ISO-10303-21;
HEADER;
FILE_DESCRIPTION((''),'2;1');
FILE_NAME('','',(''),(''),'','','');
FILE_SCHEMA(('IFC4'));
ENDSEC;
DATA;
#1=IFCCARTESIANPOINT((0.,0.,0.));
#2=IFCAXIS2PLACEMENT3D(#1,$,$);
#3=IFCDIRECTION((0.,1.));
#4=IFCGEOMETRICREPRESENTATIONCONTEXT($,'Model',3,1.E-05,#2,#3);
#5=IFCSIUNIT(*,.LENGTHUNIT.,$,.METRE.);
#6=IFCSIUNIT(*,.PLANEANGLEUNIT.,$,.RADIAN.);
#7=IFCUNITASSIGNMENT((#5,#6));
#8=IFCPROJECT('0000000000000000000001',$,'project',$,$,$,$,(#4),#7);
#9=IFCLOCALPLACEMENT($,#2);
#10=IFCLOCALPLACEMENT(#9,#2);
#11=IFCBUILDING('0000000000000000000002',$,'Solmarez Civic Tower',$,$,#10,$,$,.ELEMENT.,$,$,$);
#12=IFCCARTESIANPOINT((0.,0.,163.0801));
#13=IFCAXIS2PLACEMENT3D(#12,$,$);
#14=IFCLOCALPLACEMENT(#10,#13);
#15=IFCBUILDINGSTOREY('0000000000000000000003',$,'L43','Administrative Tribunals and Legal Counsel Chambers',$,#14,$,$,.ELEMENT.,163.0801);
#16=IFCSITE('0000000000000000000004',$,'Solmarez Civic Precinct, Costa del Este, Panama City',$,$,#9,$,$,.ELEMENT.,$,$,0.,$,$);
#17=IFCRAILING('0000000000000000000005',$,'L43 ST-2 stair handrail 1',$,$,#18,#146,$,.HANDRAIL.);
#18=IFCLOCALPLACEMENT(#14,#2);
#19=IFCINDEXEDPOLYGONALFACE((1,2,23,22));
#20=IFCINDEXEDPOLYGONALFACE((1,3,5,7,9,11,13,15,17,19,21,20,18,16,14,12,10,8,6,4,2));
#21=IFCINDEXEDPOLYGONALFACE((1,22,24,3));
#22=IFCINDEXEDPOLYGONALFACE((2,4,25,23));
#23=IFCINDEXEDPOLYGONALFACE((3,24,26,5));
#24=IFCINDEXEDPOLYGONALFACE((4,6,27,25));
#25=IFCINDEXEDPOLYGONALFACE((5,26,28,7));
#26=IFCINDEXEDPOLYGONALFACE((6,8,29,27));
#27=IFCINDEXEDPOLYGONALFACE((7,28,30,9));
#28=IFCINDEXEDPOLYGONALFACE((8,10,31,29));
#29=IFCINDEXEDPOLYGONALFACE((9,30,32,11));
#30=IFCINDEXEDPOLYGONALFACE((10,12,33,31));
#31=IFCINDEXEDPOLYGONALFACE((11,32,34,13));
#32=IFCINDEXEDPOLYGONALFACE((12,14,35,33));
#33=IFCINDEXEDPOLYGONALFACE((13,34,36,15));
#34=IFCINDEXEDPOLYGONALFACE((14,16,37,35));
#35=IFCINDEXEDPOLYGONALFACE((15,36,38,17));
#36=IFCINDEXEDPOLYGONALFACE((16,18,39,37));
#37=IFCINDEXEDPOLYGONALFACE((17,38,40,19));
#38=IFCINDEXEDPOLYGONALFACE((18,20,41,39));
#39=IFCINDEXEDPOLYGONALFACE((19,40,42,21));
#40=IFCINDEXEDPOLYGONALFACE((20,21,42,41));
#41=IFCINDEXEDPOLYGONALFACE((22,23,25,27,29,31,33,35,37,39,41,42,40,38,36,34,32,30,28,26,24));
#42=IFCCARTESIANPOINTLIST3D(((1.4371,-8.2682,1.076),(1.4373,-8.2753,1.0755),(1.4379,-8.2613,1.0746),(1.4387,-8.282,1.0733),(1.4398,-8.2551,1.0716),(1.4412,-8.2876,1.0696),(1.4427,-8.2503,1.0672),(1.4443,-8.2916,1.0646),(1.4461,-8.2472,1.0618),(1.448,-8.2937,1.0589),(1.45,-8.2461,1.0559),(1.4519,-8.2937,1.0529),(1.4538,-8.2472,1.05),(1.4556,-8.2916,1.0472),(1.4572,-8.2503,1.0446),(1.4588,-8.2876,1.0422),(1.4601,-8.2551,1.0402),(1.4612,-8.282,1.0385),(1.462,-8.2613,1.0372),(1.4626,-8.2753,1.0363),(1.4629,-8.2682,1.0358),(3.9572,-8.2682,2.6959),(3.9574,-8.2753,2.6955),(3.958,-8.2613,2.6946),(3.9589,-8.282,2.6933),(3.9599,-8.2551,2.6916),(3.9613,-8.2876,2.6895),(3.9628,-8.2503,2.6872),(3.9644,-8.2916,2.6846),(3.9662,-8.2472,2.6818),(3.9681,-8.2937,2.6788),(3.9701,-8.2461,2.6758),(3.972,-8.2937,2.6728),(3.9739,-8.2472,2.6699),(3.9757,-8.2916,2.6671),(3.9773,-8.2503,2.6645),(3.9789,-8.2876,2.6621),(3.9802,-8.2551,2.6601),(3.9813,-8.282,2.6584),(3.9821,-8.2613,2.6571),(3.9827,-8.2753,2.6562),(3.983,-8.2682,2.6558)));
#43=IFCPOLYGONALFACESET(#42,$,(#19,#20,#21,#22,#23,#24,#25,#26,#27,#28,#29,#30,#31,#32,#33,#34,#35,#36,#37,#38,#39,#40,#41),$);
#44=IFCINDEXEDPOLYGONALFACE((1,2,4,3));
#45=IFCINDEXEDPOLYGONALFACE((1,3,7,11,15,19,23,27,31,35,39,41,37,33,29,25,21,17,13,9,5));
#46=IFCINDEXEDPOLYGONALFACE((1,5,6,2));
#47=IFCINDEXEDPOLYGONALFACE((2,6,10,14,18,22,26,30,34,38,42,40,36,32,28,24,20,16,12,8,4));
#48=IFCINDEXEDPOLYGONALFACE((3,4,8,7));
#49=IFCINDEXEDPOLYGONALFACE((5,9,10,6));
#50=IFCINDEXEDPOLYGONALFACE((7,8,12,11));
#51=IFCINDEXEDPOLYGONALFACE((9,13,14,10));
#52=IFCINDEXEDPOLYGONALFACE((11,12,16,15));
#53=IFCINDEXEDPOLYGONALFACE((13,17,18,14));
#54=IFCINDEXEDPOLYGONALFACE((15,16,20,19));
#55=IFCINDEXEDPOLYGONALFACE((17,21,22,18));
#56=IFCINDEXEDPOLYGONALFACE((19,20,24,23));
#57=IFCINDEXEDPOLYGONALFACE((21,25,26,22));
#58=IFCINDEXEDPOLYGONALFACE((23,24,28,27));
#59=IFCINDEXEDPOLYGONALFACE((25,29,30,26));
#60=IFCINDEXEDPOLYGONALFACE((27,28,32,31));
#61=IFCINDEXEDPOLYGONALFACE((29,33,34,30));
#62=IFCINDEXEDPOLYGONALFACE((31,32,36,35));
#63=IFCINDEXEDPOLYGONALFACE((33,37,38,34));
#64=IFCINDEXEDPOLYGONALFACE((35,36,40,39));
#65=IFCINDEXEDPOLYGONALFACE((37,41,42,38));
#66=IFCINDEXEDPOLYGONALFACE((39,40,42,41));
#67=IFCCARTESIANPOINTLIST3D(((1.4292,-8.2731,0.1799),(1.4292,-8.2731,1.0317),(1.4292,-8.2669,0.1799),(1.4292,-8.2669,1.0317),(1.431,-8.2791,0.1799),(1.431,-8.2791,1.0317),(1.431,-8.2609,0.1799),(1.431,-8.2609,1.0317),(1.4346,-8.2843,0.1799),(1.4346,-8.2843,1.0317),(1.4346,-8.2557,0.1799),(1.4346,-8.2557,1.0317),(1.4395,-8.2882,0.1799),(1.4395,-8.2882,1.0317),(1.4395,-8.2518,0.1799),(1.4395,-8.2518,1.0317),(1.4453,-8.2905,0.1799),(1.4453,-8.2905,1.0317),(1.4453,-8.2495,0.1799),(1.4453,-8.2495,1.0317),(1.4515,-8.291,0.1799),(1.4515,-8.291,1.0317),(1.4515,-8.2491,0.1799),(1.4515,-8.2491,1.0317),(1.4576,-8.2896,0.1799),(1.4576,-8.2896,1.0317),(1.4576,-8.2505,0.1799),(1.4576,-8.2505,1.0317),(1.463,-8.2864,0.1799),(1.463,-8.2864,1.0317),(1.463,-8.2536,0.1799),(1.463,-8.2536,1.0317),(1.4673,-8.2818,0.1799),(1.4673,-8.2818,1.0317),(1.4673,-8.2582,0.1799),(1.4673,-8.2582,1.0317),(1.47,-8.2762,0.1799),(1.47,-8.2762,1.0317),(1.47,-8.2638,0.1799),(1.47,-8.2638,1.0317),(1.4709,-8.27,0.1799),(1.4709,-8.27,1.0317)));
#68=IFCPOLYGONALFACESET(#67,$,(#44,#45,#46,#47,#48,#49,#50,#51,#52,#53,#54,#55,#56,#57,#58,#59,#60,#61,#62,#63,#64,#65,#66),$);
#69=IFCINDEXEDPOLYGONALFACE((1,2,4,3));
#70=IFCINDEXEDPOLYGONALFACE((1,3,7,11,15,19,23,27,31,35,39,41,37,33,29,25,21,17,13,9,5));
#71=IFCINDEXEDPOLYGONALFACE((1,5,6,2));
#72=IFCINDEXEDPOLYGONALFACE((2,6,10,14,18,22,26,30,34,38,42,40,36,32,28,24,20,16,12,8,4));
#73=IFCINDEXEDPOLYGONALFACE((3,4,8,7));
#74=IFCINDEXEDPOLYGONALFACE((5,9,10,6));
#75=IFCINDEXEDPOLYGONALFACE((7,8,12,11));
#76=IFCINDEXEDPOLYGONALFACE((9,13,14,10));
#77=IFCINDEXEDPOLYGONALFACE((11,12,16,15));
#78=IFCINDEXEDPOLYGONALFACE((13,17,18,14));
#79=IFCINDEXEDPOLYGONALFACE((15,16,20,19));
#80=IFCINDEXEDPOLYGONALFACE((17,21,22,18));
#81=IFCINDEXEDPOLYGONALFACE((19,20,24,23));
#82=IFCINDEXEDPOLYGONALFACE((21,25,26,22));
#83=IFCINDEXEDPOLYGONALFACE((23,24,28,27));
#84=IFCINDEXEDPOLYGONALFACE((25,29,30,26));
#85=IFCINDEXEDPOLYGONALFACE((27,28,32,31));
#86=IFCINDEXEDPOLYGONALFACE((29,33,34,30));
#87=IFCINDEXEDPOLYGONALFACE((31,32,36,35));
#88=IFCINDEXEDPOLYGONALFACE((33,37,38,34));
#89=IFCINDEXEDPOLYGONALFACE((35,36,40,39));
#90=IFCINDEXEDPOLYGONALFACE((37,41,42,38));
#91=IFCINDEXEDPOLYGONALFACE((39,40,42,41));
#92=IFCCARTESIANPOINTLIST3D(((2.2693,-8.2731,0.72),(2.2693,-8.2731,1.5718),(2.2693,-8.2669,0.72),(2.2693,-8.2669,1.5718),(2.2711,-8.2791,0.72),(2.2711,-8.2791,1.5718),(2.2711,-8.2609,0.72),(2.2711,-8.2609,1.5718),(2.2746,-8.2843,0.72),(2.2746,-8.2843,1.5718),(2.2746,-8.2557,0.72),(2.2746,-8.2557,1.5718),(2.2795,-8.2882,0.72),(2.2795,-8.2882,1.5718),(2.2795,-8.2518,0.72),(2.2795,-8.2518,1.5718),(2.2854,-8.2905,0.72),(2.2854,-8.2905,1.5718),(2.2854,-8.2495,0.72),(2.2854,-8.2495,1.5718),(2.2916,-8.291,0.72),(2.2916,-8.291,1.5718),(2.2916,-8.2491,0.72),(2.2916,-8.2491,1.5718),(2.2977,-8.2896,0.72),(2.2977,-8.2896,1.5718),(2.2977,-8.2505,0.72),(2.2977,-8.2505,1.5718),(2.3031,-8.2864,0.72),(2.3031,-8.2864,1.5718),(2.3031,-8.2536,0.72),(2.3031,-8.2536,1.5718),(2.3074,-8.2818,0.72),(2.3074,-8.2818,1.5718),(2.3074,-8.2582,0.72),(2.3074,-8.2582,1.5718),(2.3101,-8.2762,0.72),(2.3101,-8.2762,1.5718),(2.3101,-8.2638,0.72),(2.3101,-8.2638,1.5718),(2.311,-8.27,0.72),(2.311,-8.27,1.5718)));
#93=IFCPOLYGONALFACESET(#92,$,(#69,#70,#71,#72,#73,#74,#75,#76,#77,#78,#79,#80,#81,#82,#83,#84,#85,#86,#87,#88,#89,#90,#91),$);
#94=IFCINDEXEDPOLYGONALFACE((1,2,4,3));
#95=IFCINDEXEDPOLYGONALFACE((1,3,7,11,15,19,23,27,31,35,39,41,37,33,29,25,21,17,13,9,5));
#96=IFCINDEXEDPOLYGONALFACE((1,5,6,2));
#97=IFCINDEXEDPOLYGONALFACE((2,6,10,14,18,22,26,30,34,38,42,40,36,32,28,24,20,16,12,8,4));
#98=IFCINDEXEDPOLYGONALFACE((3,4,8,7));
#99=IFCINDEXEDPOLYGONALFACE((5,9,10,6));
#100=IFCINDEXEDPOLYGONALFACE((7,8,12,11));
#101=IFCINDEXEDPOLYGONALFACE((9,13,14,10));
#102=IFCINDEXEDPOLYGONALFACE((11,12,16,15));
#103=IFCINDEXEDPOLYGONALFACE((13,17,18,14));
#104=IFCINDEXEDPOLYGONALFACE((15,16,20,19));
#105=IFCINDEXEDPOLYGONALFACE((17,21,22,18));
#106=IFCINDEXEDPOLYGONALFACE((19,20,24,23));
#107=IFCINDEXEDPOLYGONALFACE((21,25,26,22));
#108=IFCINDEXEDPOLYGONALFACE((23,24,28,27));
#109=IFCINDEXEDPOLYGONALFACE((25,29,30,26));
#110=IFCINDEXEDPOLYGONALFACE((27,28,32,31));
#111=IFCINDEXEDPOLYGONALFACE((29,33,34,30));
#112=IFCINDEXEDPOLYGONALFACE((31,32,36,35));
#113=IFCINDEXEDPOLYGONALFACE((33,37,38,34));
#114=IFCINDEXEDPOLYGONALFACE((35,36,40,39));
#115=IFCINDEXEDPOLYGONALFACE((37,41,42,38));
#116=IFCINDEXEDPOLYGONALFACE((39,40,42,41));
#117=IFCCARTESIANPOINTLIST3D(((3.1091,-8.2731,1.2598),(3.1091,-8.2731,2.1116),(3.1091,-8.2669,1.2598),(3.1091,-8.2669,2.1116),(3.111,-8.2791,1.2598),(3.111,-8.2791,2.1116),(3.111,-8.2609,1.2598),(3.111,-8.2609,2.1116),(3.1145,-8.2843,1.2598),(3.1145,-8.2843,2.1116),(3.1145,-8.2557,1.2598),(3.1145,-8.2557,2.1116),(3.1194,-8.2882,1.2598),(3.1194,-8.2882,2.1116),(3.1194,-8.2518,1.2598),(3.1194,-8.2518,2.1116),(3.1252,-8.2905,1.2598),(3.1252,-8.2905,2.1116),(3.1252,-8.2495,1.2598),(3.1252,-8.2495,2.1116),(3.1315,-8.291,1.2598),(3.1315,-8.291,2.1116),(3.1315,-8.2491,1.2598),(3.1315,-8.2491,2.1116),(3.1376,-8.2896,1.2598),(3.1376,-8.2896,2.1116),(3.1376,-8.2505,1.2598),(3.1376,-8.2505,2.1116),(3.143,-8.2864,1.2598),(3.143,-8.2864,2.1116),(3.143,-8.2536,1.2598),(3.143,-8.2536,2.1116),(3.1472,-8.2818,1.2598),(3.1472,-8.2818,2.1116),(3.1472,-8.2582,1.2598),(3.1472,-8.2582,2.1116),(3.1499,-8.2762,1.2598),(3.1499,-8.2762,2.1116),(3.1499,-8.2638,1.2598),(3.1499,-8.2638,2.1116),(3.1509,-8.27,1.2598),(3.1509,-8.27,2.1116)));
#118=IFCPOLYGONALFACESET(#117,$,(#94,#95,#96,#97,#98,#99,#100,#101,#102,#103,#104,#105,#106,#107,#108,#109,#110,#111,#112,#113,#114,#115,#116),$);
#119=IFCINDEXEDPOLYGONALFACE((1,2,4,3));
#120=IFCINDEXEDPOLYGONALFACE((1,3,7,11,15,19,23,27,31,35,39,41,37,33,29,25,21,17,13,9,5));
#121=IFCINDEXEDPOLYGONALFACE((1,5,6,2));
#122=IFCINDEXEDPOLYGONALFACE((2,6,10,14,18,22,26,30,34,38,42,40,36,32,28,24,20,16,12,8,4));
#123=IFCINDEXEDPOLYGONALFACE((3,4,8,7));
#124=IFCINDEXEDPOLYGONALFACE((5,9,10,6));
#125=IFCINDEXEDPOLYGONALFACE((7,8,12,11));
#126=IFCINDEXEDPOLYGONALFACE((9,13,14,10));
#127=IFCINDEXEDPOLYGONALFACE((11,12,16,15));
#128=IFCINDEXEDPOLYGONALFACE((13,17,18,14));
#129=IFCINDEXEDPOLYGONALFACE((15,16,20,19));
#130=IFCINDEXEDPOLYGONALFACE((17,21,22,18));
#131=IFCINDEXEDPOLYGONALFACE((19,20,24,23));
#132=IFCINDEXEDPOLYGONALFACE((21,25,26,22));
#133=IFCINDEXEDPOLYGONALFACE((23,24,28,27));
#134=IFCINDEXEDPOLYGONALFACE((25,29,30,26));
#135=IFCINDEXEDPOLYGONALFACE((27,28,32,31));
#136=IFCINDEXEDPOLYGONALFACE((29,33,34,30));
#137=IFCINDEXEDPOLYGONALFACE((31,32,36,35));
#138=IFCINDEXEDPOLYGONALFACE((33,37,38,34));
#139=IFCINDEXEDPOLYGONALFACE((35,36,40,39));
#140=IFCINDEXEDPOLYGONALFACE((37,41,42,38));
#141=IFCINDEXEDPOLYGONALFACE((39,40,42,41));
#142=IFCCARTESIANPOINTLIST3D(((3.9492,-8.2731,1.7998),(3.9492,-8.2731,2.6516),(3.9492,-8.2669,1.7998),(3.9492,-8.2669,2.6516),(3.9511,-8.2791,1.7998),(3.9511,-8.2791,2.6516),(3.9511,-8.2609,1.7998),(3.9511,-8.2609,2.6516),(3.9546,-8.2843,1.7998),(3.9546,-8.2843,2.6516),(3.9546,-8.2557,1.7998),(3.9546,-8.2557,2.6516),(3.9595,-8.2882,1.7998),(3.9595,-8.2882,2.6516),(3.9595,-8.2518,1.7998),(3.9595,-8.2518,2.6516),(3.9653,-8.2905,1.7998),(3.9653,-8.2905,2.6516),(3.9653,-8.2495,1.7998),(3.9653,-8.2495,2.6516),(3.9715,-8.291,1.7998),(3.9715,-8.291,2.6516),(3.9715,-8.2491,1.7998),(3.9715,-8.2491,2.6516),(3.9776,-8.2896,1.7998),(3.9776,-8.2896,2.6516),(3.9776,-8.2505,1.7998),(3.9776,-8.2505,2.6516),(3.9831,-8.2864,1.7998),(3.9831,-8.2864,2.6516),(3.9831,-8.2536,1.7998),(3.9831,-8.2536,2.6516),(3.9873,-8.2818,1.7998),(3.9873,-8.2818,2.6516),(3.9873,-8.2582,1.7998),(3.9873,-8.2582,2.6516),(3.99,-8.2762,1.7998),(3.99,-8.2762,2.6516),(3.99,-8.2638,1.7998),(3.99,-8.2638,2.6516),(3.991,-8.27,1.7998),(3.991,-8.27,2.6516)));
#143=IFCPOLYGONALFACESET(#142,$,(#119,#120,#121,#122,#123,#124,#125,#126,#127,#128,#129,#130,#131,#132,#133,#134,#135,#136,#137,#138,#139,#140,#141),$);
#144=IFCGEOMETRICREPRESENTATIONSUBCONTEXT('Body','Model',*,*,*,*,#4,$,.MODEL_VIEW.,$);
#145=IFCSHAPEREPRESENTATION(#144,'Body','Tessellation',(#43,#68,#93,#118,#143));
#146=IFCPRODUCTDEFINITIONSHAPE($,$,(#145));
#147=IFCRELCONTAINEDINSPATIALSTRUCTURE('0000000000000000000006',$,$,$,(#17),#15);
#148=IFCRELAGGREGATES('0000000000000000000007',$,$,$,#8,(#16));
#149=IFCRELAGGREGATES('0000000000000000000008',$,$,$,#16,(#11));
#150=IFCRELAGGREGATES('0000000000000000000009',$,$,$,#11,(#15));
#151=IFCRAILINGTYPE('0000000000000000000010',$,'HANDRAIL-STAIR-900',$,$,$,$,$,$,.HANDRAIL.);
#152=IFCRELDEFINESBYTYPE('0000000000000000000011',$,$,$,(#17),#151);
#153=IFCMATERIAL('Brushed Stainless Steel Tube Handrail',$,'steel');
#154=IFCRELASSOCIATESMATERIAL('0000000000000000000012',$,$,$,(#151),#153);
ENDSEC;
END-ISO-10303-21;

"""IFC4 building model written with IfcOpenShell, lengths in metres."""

from ifc_helpers import new_model, si_unit, direction, frame, origin, origin_2d, place, context, subcontext, project, spatial, circle, extrude, material, type_object, element, save


model = new_model("IFC4")

# Units and contexts
model_context = context("Model", 3, precision=1e-05, world=origin(), true_north=direction((0.0, 1.0)))
body_context = subcontext(model_context, "Body", "Model", "MODEL_VIEW")
ifc_project = project(units=[si_unit("LENGTHUNIT", "METRE"), si_unit("PLANEANGLEUNIT", "RADIAN")], contexts=[model_context])

# Site, building, storey
site_placement = place(None, origin())
site = spatial("IfcSite", under=ifc_project, at=site_placement, Name="Solmarez Civic Precinct, Costa del Este, Panama City", CompositionType="ELEMENT", RefElevation=0.0)
building_placement = place(site_placement, origin())
building = spatial("IfcBuilding", under=site, at=building_placement, Name="Solmarez Civic Tower", CompositionType="ELEMENT")
storey_placement = place(building_placement, frame((0.0, 0.0, 163.0801)))
storey = spatial("IfcBuildingStorey", under=building, at=storey_placement, Name="L43", Description="Administrative Tribunals and Legal Counsel Chambers", CompositionType="ELEMENT", Elevation=163.0801)

# Railing
ifc_material_1 = material(Name="Brushed Stainless Steel Tube Handrail", Category="steel")
railing_type_1 = type_object("IfcRailingType", Name="HANDRAIL-STAIR-900", PredefinedType="HANDRAIL", material=ifc_material_1)
railing_1_placement = place(storey_placement, frame((1.45, -8.27, 0.1799)))
element("IfcRailing", 1, at=railing_1_placement, inside=storey, type_object=railing_type_1, Name="L43 ST-2 stair handrail 1", PredefinedType="HANDRAIL", context=body_context, shape_type="SweptSolid", body=[
    extrude(circle(Radius=0.0239, at=origin_2d()), frame((0.0, 0.0, 0.876), z_axis=(0.8412, 0.0, 0.540725), x_axis=(0.0, 1.0, 0.0)), (0.0, 0.0, 1.0), 2.9958),
    extrude(circle(Radius=0.021, at=origin_2d()), origin(), (0.0, 0.0, 1.0), 0.8518),
    extrude(circle(Radius=0.021, at=origin_2d()), frame((0.8401, 0.0, 0.54)), (0.0, 0.0, 1.0), 0.8518),
    extrude(circle(Radius=0.021, at=origin_2d()), frame((1.6799, 0.0, 1.0798)), (0.0, 0.0, 1.0), 0.8518),
    extrude(circle(Radius=0.021, at=origin_2d()), frame((2.52, 0.0, 1.6199)), (0.0, 0.0, 1.0), 0.8518),
])

save(model, "model.ifc")
